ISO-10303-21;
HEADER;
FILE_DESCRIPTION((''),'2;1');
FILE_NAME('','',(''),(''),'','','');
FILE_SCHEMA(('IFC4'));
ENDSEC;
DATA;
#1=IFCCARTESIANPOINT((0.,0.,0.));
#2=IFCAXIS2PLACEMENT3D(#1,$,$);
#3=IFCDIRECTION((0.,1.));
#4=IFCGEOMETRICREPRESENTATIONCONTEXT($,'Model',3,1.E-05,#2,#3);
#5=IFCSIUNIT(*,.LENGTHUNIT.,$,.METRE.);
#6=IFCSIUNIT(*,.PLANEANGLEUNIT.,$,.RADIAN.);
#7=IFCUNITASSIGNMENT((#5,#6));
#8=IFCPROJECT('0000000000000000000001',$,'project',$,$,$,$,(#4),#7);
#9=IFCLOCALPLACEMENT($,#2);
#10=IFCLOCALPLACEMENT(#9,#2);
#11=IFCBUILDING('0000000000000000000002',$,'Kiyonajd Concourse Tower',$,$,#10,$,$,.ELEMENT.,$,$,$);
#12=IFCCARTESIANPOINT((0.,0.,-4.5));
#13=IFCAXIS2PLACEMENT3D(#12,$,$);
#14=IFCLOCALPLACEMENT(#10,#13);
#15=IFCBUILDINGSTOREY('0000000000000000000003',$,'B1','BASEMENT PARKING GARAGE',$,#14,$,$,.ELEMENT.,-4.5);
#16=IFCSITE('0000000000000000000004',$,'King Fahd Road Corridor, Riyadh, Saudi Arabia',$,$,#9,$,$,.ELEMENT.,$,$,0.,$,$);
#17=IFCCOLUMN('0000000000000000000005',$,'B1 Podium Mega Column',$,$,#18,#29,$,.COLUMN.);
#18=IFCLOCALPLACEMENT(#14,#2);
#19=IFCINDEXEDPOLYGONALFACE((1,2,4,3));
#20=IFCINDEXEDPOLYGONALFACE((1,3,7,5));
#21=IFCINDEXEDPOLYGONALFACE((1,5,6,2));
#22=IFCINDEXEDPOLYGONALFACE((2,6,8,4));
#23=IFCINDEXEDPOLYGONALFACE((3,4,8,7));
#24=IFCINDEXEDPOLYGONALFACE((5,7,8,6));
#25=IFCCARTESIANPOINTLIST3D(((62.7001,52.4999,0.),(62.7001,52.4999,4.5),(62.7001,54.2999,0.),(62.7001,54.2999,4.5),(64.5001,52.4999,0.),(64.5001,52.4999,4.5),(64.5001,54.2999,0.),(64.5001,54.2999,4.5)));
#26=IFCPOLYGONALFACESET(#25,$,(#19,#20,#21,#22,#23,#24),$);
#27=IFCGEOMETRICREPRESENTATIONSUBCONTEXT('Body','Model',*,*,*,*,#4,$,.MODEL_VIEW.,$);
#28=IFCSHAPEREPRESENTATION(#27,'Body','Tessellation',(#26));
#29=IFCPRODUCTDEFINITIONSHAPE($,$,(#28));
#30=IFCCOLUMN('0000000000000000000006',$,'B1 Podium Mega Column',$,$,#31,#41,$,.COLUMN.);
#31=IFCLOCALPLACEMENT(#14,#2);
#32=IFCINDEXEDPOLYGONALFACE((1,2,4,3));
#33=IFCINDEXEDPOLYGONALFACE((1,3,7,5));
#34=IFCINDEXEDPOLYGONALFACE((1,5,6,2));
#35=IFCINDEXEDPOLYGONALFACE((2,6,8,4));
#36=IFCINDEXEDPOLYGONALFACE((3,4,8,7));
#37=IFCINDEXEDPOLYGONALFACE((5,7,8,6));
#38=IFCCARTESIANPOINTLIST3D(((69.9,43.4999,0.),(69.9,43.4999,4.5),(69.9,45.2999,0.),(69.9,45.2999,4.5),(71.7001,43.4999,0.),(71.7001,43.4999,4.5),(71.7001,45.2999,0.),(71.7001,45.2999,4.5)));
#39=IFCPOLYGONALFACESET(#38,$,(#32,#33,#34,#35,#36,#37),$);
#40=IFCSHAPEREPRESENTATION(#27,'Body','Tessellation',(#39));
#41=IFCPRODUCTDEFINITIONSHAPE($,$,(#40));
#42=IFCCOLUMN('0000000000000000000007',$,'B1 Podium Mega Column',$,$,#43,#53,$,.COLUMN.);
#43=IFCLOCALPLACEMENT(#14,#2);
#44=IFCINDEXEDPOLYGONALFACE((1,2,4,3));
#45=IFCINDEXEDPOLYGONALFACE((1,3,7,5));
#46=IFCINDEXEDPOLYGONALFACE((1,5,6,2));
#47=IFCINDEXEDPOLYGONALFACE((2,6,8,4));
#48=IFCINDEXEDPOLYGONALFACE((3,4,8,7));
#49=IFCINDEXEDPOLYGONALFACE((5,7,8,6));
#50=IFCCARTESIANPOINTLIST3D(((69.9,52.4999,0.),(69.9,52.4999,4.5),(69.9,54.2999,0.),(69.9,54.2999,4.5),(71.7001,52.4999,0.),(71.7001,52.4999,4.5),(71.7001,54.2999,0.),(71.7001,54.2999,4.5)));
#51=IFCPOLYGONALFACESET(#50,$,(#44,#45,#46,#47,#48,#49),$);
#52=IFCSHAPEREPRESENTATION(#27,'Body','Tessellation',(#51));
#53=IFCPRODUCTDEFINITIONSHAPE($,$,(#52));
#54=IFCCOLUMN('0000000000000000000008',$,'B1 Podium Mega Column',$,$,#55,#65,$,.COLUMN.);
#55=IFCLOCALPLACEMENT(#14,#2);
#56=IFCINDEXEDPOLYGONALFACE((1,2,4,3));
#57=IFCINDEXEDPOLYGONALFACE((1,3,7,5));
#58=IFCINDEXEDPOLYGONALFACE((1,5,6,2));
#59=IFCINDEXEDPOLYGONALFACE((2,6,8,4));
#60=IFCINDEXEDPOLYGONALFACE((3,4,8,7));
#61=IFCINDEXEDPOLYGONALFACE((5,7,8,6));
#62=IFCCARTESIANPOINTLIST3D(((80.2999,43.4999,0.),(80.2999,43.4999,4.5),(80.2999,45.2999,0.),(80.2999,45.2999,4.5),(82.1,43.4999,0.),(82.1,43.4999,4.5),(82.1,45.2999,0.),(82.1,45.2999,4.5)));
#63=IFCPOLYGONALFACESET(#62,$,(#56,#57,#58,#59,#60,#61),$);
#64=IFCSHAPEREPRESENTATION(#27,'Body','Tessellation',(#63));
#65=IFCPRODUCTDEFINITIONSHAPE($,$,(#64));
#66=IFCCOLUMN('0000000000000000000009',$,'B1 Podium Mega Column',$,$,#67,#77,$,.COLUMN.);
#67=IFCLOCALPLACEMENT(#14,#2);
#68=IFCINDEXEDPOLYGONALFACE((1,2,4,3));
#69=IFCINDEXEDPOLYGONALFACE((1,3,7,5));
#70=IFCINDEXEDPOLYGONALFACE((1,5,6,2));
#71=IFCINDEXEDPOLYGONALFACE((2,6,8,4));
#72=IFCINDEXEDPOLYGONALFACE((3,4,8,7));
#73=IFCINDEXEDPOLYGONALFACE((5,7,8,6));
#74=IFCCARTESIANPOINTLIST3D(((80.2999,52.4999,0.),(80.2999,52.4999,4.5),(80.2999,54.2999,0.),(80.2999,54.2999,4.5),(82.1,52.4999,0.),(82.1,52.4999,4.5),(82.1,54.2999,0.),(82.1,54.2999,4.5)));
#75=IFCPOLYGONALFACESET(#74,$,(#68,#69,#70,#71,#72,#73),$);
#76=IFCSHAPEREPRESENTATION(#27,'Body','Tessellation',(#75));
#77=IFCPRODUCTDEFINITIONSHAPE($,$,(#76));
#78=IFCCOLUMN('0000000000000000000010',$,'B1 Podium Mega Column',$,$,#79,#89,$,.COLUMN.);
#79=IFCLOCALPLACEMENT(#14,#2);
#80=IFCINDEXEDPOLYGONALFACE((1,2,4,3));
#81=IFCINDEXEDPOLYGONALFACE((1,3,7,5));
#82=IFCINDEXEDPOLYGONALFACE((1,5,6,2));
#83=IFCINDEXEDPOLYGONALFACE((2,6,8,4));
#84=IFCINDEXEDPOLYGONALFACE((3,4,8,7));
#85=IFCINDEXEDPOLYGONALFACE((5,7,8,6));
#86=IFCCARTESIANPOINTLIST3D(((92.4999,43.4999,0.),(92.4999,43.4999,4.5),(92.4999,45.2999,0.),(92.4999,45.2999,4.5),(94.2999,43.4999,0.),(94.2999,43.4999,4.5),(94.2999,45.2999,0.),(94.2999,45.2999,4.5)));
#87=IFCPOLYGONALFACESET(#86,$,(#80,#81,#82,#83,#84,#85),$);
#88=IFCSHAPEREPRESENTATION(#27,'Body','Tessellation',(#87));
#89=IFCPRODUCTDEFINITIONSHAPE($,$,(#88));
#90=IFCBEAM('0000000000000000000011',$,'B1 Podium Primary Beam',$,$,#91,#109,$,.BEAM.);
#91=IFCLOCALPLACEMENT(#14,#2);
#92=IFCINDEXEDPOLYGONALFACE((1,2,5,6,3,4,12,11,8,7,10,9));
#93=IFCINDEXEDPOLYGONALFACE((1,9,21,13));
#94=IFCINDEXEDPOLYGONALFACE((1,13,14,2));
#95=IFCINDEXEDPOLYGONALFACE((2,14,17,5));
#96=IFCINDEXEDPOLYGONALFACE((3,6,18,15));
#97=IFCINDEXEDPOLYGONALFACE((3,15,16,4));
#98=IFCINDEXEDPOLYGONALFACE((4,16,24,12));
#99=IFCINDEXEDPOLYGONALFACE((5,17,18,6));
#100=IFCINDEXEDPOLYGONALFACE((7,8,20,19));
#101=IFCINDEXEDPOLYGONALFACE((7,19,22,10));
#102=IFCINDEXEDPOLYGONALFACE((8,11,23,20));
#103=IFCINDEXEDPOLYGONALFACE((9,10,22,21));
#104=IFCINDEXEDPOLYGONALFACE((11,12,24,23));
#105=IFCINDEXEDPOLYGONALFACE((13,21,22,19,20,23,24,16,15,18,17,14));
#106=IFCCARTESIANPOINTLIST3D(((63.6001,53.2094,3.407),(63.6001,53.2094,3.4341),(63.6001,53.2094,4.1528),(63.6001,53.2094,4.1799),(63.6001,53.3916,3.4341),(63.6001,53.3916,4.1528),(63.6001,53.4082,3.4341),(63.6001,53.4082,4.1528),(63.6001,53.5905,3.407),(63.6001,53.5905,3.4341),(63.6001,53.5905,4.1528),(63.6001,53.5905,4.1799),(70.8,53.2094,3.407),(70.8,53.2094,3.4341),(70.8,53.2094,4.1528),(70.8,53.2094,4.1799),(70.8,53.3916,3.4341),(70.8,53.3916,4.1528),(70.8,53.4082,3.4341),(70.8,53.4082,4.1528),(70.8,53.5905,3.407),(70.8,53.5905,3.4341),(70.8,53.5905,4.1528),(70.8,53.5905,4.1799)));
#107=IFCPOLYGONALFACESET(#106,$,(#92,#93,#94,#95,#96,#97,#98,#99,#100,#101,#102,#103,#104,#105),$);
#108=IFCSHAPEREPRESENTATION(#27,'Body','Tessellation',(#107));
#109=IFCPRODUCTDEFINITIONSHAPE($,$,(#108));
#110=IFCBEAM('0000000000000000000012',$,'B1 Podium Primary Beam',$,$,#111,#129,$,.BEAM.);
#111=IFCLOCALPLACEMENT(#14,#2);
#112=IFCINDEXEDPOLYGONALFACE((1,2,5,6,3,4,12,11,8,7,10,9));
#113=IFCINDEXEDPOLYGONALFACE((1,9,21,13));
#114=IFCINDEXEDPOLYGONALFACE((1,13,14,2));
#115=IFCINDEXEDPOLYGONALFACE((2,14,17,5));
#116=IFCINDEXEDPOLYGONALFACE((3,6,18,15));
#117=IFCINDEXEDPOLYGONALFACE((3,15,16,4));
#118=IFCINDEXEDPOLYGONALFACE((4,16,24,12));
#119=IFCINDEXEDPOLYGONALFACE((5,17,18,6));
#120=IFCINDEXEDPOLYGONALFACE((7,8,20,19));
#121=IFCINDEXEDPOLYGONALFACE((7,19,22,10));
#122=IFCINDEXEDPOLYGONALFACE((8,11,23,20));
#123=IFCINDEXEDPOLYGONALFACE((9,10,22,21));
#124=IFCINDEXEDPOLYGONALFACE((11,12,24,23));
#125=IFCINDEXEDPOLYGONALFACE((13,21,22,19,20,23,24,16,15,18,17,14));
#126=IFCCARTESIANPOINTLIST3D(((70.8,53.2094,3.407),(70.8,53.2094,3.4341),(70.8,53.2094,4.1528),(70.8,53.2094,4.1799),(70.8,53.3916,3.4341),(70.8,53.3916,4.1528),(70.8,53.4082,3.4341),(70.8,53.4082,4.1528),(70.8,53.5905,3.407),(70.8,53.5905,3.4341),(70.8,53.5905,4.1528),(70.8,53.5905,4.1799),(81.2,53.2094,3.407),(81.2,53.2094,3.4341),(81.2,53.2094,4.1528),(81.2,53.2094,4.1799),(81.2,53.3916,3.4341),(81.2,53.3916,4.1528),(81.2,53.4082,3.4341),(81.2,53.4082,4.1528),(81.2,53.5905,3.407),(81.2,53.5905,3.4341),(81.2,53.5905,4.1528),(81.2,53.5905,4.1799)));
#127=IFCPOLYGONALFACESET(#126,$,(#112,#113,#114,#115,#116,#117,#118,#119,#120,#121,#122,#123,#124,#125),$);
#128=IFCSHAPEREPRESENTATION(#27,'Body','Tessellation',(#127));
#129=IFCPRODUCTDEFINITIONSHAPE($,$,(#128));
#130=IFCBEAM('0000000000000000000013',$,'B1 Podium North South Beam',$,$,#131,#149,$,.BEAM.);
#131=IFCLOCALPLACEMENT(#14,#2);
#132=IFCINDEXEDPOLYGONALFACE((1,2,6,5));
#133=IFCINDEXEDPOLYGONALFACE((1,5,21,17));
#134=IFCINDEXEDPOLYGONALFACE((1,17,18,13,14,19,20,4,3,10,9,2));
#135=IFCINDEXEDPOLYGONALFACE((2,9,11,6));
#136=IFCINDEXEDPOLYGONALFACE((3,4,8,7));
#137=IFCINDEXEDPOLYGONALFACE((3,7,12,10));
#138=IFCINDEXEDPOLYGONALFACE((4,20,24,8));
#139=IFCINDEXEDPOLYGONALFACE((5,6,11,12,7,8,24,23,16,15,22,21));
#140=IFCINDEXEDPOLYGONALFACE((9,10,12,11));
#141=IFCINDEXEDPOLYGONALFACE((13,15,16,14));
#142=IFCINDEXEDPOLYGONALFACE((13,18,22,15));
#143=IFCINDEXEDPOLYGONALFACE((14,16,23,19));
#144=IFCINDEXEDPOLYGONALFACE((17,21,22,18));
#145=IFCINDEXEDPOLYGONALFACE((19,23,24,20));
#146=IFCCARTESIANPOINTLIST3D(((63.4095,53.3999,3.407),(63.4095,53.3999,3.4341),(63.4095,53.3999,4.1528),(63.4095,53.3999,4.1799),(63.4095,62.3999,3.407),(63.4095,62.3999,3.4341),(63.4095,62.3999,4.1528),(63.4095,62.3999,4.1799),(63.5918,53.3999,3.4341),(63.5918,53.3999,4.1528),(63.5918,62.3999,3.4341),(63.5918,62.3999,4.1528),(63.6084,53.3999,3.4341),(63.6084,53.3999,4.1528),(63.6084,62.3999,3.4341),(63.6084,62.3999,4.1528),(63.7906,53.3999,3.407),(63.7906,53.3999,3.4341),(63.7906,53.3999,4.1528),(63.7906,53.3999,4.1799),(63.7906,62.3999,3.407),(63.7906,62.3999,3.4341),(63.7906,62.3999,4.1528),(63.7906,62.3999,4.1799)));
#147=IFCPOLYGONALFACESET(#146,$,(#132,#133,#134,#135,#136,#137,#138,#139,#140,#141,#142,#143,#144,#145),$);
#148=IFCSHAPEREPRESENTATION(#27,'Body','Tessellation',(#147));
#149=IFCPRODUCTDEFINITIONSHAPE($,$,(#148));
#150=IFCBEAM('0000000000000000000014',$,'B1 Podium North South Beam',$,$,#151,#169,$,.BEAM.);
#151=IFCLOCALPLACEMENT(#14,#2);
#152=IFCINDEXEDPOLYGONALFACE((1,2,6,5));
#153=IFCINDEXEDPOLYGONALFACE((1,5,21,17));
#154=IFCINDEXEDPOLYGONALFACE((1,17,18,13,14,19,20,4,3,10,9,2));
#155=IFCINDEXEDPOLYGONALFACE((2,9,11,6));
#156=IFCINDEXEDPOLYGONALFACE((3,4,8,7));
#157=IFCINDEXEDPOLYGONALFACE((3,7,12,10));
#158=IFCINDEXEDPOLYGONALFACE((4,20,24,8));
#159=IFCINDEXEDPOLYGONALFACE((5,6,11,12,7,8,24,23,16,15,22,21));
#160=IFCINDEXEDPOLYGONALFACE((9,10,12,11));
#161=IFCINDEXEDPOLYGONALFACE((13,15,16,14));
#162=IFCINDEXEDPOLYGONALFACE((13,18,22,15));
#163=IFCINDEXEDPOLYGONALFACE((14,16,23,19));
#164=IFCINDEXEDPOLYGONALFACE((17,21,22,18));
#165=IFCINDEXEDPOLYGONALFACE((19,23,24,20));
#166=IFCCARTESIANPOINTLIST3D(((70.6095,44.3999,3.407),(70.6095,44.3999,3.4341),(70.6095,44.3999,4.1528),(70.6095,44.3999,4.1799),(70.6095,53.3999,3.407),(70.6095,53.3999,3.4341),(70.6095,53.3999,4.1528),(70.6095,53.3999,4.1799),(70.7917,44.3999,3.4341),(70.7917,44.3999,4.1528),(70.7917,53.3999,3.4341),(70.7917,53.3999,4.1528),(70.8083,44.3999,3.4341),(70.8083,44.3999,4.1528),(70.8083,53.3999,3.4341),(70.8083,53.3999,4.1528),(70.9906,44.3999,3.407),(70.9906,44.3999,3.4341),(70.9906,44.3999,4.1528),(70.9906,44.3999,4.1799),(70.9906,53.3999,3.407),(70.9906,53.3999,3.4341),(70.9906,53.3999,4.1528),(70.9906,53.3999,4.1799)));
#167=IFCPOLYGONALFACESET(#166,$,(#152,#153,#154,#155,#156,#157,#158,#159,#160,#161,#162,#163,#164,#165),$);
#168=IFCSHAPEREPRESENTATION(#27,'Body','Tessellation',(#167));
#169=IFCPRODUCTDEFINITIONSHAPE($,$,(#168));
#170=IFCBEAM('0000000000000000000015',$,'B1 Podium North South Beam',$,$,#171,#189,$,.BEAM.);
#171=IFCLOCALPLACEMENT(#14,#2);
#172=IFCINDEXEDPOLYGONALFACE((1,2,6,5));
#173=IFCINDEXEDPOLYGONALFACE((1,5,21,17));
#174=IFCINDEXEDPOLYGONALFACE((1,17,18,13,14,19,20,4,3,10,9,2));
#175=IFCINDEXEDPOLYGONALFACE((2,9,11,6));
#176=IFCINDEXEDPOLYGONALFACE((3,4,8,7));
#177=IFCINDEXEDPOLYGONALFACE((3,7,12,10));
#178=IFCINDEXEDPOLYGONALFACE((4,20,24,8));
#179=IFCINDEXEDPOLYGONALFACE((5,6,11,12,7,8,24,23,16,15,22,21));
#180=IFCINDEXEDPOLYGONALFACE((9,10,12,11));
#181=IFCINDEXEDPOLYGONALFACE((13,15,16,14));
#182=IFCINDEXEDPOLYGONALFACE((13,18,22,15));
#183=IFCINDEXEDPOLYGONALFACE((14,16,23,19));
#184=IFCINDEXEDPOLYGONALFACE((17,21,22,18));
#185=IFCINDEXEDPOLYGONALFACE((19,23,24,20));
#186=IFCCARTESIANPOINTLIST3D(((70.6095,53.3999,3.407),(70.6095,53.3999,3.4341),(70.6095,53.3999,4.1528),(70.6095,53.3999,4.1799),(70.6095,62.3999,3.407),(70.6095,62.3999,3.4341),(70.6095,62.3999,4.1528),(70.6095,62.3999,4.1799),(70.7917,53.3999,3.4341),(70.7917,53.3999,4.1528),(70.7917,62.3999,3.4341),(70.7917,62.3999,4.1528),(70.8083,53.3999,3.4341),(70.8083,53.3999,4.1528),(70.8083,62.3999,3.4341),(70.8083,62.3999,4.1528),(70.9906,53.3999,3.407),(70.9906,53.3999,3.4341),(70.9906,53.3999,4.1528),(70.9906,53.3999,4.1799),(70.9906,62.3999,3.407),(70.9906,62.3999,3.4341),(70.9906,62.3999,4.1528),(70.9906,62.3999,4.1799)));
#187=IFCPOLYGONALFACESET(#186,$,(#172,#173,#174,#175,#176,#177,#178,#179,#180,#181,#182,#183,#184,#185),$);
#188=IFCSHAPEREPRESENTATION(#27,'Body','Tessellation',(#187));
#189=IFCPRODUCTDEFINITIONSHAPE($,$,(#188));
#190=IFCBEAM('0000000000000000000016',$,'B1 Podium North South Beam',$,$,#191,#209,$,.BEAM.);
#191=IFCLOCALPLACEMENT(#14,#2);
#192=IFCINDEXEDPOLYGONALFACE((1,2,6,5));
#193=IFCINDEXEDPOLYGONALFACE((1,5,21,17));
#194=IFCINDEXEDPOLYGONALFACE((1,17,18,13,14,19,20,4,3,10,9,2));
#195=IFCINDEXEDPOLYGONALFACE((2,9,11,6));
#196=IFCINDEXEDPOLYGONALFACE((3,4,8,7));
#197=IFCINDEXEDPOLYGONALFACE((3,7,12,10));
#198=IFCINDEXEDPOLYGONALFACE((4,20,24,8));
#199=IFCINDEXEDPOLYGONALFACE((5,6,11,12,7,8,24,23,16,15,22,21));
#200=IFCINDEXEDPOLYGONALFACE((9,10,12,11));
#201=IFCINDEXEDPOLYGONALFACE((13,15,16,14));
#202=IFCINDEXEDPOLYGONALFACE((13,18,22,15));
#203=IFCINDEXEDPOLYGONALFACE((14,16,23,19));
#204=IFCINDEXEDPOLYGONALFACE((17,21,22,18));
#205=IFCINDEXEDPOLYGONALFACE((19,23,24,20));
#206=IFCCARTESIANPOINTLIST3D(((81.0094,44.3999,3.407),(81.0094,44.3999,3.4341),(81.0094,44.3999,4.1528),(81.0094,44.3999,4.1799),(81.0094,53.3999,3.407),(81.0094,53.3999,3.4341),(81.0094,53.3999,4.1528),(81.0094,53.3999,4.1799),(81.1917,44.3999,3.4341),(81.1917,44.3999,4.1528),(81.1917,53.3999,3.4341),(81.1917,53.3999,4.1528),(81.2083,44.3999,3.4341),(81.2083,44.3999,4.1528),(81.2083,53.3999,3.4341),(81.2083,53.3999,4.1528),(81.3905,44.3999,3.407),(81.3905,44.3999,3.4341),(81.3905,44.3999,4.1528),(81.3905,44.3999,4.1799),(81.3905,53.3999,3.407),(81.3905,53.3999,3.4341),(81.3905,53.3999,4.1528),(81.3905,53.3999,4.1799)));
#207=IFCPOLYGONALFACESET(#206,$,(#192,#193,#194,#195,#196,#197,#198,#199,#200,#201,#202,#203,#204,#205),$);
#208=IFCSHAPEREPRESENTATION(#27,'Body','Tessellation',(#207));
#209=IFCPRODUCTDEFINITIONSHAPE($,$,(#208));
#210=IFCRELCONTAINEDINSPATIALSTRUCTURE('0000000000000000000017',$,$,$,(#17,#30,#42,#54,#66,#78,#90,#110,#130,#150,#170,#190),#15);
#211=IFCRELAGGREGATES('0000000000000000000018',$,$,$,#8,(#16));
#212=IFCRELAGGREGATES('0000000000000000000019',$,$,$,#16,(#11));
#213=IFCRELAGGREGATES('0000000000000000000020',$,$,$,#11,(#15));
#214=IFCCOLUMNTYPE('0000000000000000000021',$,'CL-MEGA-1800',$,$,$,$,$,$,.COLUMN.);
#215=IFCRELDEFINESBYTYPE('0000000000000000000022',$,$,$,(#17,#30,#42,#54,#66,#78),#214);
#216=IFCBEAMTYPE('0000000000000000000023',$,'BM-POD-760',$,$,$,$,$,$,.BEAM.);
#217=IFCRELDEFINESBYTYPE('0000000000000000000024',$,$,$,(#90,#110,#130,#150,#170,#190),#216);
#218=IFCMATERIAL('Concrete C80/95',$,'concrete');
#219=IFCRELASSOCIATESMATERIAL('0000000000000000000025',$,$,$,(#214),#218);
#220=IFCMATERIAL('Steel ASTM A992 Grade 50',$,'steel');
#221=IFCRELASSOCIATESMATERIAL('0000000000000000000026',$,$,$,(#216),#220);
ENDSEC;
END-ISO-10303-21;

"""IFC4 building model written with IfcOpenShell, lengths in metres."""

from ifc_helpers import new_model, si_unit, direction, frame, origin, origin_2d, place, context, subcontext, project, spatial, rectangle, i_section, extrude, material, material_profile, profile_set, type_object, element, save


model = new_model("IFC4")

# Units and contexts
model_context = context("Model", 3, precision=1e-05, world=origin(), true_north=direction((0.0, 1.0)))
body_context = subcontext(model_context, "Body", "Model", "MODEL_VIEW")
ifc_project = project(units=[si_unit("LENGTHUNIT", "METRE"), si_unit("PLANEANGLEUNIT", "RADIAN")], contexts=[model_context])

# Site, building, storey
site_placement = place(None, origin())
site = spatial("IfcSite", under=ifc_project, at=site_placement, Name="King Fahd Road Corridor, Riyadh, Saudi Arabia", CompositionType="ELEMENT", RefElevation=0.0)
building_placement = place(site_placement, origin())
building = spatial("IfcBuilding", under=site, at=building_placement, Name="Kiyonajd Concourse Tower", CompositionType="ELEMENT")
storey_placement = place(building_placement, frame((0.0, 0.0, -4.5)))
storey = spatial("IfcBuildingStorey", under=building, at=storey_placement, Name="B1", Description="BASEMENT PARKING GARAGE", CompositionType="ELEMENT", Elevation=-4.5)

# Columns
ifc_material_1 = material(Name="Concrete C80/95", Category="concrete")
ifc_material_profile_1 = material_profile(ifc_material_1, rectangle(XDim=1.8, YDim=1.8, at=origin_2d()), Name="RC-1800x1800")
ifc_profile_set_1 = profile_set([ifc_material_profile_1], Name="Concrete C80/95")
column_type = type_object("IfcColumnType", Name="CL-MEGA-1800", PredefinedType="COLUMN", material=ifc_profile_set_1)
for number, where, z_axis, x_axis, name in (
    (1, (63.6001, 53.3999, 0.0), (0.0, 0.0, 1.0), (1.0, 0.0, 0.0), "B1 Podium Mega Column"),
    (2, (70.8, 44.3999, 0.0), (0.0, 0.0, 1.0), (1.0, 0.0, 0.0), "B1 Podium Mega Column"),
    (3, (70.8, 53.3999, 0.0), (0.0, 0.0, 1.0), (1.0, 0.0, 0.0), "B1 Podium Mega Column"),
    (4, (81.2, 44.3999, 0.0), (0.0, 0.0, 1.0), (1.0, 0.0, 0.0), "B1 Podium Mega Column"),
    (5, (81.2, 53.3999, 0.0), (0.0, 0.0, 1.0), (1.0, 0.0, 0.0), "B1 Podium Mega Column"),
    (6, (93.3999, 44.3999, 0.0), (0.0, 0.0, 1.0), (1.0, 0.0, 0.0), "B1 Podium Mega Column"),
):
    element("IfcColumn", number, at=place(storey_placement, frame(where, z_axis=z_axis, x_axis=x_axis)), inside=storey, type_object=column_type, Name=name, PredefinedType="COLUMN", context=body_context, shape_type="SweptSolid", body=[
        extrude(rectangle(XDim=1.8, YDim=1.8, at=origin_2d()), origin(), (0.0, 0.0, 1.0), 4.5),
    ])

# Beams
ifc_material_2 = material(Name="Steel ASTM A992 Grade 50", Category="steel")
ifc_material_profile_2 = material_profile(ifc_material_2, i_section(OverallWidth=0.3811, OverallDepth=0.7729, WebThickness=0.0166, FlangeThickness=0.0271, at=origin_2d()), Name="W760X257")
ifc_profile_set_2 = profile_set([ifc_material_profile_2], Name="Steel ASTM A992 Grade 50")
beam_type_1 = type_object("IfcBeamType", Name="BM-POD-760", PredefinedType="BEAM", material=ifc_profile_set_2)
beam_1_placement = place(storey_placement, frame((63.6001, 53.3999, 3.7935), z_axis=(1.0, 0.0, 0.0), x_axis=(0.0, 1.0, 0.0)))
element("IfcBeam", 7, at=beam_1_placement, inside=storey, type_object=beam_type_1, Name="B1 Podium Primary Beam", PredefinedType="BEAM", context=body_context, shape_type="SweptSolid", body=[
    extrude(i_section(OverallWidth=0.3811, OverallDepth=0.7729, WebThickness=0.0166, FlangeThickness=0.0271, at=origin_2d()), origin(), (0.0, 0.0, 1.0), 7.2),
])
beam_2_placement = place(storey_placement, frame((70.8, 53.3999, 3.7935), z_axis=(1.0, 0.0, 0.0), x_axis=(0.0, 1.0, 0.0)))
element("IfcBeam", 8, at=beam_2_placement, inside=storey, type_object=beam_type_1, Name="B1 Podium Primary Beam", PredefinedType="BEAM", context=body_context, shape_type="SweptSolid", body=[
    extrude(i_section(OverallWidth=0.3811, OverallDepth=0.7729, WebThickness=0.0166, FlangeThickness=0.0271, at=origin_2d()), origin(), (0.0, 0.0, 1.0), 10.3999),
])
for number, where, z_axis, x_axis, name in (
    (9, (63.6001, 53.3999, 3.7935), (0.0, 1.0, 0.0), (-1.0, 0.0, 0.0), "B1 Podium North South Beam"),
    (10, (70.8, 44.3999, 3.7935), (0.0, 1.0, 0.0), (-1.0, 0.0, 0.0), "B1 Podium North South Beam"),
    (11, (70.8, 53.3999, 3.7935), (0.0, 1.0, 0.0), (-1.0, 0.0, 0.0), "B1 Podium North South Beam"),
    (12, (81.2, 44.3999, 3.7935), (0.0, 1.0, 0.0), (-1.0, 0.0, 0.0), "B1 Podium North South Beam"),
):
    element("IfcBeam", number, at=place(storey_placement, frame(where, z_axis=z_axis, x_axis=x_axis)), inside=storey, type_object=beam_type_1, Name=name, PredefinedType="BEAM", context=body_context, shape_type="SweptSolid", body=[
        extrude(i_section(OverallWidth=0.3811, OverallDepth=0.7729, WebThickness=0.0166, FlangeThickness=0.0271, at=origin_2d()), origin(), (0.0, 0.0, 1.0), 9.0),
    ])

save(model, "model.ifc")
